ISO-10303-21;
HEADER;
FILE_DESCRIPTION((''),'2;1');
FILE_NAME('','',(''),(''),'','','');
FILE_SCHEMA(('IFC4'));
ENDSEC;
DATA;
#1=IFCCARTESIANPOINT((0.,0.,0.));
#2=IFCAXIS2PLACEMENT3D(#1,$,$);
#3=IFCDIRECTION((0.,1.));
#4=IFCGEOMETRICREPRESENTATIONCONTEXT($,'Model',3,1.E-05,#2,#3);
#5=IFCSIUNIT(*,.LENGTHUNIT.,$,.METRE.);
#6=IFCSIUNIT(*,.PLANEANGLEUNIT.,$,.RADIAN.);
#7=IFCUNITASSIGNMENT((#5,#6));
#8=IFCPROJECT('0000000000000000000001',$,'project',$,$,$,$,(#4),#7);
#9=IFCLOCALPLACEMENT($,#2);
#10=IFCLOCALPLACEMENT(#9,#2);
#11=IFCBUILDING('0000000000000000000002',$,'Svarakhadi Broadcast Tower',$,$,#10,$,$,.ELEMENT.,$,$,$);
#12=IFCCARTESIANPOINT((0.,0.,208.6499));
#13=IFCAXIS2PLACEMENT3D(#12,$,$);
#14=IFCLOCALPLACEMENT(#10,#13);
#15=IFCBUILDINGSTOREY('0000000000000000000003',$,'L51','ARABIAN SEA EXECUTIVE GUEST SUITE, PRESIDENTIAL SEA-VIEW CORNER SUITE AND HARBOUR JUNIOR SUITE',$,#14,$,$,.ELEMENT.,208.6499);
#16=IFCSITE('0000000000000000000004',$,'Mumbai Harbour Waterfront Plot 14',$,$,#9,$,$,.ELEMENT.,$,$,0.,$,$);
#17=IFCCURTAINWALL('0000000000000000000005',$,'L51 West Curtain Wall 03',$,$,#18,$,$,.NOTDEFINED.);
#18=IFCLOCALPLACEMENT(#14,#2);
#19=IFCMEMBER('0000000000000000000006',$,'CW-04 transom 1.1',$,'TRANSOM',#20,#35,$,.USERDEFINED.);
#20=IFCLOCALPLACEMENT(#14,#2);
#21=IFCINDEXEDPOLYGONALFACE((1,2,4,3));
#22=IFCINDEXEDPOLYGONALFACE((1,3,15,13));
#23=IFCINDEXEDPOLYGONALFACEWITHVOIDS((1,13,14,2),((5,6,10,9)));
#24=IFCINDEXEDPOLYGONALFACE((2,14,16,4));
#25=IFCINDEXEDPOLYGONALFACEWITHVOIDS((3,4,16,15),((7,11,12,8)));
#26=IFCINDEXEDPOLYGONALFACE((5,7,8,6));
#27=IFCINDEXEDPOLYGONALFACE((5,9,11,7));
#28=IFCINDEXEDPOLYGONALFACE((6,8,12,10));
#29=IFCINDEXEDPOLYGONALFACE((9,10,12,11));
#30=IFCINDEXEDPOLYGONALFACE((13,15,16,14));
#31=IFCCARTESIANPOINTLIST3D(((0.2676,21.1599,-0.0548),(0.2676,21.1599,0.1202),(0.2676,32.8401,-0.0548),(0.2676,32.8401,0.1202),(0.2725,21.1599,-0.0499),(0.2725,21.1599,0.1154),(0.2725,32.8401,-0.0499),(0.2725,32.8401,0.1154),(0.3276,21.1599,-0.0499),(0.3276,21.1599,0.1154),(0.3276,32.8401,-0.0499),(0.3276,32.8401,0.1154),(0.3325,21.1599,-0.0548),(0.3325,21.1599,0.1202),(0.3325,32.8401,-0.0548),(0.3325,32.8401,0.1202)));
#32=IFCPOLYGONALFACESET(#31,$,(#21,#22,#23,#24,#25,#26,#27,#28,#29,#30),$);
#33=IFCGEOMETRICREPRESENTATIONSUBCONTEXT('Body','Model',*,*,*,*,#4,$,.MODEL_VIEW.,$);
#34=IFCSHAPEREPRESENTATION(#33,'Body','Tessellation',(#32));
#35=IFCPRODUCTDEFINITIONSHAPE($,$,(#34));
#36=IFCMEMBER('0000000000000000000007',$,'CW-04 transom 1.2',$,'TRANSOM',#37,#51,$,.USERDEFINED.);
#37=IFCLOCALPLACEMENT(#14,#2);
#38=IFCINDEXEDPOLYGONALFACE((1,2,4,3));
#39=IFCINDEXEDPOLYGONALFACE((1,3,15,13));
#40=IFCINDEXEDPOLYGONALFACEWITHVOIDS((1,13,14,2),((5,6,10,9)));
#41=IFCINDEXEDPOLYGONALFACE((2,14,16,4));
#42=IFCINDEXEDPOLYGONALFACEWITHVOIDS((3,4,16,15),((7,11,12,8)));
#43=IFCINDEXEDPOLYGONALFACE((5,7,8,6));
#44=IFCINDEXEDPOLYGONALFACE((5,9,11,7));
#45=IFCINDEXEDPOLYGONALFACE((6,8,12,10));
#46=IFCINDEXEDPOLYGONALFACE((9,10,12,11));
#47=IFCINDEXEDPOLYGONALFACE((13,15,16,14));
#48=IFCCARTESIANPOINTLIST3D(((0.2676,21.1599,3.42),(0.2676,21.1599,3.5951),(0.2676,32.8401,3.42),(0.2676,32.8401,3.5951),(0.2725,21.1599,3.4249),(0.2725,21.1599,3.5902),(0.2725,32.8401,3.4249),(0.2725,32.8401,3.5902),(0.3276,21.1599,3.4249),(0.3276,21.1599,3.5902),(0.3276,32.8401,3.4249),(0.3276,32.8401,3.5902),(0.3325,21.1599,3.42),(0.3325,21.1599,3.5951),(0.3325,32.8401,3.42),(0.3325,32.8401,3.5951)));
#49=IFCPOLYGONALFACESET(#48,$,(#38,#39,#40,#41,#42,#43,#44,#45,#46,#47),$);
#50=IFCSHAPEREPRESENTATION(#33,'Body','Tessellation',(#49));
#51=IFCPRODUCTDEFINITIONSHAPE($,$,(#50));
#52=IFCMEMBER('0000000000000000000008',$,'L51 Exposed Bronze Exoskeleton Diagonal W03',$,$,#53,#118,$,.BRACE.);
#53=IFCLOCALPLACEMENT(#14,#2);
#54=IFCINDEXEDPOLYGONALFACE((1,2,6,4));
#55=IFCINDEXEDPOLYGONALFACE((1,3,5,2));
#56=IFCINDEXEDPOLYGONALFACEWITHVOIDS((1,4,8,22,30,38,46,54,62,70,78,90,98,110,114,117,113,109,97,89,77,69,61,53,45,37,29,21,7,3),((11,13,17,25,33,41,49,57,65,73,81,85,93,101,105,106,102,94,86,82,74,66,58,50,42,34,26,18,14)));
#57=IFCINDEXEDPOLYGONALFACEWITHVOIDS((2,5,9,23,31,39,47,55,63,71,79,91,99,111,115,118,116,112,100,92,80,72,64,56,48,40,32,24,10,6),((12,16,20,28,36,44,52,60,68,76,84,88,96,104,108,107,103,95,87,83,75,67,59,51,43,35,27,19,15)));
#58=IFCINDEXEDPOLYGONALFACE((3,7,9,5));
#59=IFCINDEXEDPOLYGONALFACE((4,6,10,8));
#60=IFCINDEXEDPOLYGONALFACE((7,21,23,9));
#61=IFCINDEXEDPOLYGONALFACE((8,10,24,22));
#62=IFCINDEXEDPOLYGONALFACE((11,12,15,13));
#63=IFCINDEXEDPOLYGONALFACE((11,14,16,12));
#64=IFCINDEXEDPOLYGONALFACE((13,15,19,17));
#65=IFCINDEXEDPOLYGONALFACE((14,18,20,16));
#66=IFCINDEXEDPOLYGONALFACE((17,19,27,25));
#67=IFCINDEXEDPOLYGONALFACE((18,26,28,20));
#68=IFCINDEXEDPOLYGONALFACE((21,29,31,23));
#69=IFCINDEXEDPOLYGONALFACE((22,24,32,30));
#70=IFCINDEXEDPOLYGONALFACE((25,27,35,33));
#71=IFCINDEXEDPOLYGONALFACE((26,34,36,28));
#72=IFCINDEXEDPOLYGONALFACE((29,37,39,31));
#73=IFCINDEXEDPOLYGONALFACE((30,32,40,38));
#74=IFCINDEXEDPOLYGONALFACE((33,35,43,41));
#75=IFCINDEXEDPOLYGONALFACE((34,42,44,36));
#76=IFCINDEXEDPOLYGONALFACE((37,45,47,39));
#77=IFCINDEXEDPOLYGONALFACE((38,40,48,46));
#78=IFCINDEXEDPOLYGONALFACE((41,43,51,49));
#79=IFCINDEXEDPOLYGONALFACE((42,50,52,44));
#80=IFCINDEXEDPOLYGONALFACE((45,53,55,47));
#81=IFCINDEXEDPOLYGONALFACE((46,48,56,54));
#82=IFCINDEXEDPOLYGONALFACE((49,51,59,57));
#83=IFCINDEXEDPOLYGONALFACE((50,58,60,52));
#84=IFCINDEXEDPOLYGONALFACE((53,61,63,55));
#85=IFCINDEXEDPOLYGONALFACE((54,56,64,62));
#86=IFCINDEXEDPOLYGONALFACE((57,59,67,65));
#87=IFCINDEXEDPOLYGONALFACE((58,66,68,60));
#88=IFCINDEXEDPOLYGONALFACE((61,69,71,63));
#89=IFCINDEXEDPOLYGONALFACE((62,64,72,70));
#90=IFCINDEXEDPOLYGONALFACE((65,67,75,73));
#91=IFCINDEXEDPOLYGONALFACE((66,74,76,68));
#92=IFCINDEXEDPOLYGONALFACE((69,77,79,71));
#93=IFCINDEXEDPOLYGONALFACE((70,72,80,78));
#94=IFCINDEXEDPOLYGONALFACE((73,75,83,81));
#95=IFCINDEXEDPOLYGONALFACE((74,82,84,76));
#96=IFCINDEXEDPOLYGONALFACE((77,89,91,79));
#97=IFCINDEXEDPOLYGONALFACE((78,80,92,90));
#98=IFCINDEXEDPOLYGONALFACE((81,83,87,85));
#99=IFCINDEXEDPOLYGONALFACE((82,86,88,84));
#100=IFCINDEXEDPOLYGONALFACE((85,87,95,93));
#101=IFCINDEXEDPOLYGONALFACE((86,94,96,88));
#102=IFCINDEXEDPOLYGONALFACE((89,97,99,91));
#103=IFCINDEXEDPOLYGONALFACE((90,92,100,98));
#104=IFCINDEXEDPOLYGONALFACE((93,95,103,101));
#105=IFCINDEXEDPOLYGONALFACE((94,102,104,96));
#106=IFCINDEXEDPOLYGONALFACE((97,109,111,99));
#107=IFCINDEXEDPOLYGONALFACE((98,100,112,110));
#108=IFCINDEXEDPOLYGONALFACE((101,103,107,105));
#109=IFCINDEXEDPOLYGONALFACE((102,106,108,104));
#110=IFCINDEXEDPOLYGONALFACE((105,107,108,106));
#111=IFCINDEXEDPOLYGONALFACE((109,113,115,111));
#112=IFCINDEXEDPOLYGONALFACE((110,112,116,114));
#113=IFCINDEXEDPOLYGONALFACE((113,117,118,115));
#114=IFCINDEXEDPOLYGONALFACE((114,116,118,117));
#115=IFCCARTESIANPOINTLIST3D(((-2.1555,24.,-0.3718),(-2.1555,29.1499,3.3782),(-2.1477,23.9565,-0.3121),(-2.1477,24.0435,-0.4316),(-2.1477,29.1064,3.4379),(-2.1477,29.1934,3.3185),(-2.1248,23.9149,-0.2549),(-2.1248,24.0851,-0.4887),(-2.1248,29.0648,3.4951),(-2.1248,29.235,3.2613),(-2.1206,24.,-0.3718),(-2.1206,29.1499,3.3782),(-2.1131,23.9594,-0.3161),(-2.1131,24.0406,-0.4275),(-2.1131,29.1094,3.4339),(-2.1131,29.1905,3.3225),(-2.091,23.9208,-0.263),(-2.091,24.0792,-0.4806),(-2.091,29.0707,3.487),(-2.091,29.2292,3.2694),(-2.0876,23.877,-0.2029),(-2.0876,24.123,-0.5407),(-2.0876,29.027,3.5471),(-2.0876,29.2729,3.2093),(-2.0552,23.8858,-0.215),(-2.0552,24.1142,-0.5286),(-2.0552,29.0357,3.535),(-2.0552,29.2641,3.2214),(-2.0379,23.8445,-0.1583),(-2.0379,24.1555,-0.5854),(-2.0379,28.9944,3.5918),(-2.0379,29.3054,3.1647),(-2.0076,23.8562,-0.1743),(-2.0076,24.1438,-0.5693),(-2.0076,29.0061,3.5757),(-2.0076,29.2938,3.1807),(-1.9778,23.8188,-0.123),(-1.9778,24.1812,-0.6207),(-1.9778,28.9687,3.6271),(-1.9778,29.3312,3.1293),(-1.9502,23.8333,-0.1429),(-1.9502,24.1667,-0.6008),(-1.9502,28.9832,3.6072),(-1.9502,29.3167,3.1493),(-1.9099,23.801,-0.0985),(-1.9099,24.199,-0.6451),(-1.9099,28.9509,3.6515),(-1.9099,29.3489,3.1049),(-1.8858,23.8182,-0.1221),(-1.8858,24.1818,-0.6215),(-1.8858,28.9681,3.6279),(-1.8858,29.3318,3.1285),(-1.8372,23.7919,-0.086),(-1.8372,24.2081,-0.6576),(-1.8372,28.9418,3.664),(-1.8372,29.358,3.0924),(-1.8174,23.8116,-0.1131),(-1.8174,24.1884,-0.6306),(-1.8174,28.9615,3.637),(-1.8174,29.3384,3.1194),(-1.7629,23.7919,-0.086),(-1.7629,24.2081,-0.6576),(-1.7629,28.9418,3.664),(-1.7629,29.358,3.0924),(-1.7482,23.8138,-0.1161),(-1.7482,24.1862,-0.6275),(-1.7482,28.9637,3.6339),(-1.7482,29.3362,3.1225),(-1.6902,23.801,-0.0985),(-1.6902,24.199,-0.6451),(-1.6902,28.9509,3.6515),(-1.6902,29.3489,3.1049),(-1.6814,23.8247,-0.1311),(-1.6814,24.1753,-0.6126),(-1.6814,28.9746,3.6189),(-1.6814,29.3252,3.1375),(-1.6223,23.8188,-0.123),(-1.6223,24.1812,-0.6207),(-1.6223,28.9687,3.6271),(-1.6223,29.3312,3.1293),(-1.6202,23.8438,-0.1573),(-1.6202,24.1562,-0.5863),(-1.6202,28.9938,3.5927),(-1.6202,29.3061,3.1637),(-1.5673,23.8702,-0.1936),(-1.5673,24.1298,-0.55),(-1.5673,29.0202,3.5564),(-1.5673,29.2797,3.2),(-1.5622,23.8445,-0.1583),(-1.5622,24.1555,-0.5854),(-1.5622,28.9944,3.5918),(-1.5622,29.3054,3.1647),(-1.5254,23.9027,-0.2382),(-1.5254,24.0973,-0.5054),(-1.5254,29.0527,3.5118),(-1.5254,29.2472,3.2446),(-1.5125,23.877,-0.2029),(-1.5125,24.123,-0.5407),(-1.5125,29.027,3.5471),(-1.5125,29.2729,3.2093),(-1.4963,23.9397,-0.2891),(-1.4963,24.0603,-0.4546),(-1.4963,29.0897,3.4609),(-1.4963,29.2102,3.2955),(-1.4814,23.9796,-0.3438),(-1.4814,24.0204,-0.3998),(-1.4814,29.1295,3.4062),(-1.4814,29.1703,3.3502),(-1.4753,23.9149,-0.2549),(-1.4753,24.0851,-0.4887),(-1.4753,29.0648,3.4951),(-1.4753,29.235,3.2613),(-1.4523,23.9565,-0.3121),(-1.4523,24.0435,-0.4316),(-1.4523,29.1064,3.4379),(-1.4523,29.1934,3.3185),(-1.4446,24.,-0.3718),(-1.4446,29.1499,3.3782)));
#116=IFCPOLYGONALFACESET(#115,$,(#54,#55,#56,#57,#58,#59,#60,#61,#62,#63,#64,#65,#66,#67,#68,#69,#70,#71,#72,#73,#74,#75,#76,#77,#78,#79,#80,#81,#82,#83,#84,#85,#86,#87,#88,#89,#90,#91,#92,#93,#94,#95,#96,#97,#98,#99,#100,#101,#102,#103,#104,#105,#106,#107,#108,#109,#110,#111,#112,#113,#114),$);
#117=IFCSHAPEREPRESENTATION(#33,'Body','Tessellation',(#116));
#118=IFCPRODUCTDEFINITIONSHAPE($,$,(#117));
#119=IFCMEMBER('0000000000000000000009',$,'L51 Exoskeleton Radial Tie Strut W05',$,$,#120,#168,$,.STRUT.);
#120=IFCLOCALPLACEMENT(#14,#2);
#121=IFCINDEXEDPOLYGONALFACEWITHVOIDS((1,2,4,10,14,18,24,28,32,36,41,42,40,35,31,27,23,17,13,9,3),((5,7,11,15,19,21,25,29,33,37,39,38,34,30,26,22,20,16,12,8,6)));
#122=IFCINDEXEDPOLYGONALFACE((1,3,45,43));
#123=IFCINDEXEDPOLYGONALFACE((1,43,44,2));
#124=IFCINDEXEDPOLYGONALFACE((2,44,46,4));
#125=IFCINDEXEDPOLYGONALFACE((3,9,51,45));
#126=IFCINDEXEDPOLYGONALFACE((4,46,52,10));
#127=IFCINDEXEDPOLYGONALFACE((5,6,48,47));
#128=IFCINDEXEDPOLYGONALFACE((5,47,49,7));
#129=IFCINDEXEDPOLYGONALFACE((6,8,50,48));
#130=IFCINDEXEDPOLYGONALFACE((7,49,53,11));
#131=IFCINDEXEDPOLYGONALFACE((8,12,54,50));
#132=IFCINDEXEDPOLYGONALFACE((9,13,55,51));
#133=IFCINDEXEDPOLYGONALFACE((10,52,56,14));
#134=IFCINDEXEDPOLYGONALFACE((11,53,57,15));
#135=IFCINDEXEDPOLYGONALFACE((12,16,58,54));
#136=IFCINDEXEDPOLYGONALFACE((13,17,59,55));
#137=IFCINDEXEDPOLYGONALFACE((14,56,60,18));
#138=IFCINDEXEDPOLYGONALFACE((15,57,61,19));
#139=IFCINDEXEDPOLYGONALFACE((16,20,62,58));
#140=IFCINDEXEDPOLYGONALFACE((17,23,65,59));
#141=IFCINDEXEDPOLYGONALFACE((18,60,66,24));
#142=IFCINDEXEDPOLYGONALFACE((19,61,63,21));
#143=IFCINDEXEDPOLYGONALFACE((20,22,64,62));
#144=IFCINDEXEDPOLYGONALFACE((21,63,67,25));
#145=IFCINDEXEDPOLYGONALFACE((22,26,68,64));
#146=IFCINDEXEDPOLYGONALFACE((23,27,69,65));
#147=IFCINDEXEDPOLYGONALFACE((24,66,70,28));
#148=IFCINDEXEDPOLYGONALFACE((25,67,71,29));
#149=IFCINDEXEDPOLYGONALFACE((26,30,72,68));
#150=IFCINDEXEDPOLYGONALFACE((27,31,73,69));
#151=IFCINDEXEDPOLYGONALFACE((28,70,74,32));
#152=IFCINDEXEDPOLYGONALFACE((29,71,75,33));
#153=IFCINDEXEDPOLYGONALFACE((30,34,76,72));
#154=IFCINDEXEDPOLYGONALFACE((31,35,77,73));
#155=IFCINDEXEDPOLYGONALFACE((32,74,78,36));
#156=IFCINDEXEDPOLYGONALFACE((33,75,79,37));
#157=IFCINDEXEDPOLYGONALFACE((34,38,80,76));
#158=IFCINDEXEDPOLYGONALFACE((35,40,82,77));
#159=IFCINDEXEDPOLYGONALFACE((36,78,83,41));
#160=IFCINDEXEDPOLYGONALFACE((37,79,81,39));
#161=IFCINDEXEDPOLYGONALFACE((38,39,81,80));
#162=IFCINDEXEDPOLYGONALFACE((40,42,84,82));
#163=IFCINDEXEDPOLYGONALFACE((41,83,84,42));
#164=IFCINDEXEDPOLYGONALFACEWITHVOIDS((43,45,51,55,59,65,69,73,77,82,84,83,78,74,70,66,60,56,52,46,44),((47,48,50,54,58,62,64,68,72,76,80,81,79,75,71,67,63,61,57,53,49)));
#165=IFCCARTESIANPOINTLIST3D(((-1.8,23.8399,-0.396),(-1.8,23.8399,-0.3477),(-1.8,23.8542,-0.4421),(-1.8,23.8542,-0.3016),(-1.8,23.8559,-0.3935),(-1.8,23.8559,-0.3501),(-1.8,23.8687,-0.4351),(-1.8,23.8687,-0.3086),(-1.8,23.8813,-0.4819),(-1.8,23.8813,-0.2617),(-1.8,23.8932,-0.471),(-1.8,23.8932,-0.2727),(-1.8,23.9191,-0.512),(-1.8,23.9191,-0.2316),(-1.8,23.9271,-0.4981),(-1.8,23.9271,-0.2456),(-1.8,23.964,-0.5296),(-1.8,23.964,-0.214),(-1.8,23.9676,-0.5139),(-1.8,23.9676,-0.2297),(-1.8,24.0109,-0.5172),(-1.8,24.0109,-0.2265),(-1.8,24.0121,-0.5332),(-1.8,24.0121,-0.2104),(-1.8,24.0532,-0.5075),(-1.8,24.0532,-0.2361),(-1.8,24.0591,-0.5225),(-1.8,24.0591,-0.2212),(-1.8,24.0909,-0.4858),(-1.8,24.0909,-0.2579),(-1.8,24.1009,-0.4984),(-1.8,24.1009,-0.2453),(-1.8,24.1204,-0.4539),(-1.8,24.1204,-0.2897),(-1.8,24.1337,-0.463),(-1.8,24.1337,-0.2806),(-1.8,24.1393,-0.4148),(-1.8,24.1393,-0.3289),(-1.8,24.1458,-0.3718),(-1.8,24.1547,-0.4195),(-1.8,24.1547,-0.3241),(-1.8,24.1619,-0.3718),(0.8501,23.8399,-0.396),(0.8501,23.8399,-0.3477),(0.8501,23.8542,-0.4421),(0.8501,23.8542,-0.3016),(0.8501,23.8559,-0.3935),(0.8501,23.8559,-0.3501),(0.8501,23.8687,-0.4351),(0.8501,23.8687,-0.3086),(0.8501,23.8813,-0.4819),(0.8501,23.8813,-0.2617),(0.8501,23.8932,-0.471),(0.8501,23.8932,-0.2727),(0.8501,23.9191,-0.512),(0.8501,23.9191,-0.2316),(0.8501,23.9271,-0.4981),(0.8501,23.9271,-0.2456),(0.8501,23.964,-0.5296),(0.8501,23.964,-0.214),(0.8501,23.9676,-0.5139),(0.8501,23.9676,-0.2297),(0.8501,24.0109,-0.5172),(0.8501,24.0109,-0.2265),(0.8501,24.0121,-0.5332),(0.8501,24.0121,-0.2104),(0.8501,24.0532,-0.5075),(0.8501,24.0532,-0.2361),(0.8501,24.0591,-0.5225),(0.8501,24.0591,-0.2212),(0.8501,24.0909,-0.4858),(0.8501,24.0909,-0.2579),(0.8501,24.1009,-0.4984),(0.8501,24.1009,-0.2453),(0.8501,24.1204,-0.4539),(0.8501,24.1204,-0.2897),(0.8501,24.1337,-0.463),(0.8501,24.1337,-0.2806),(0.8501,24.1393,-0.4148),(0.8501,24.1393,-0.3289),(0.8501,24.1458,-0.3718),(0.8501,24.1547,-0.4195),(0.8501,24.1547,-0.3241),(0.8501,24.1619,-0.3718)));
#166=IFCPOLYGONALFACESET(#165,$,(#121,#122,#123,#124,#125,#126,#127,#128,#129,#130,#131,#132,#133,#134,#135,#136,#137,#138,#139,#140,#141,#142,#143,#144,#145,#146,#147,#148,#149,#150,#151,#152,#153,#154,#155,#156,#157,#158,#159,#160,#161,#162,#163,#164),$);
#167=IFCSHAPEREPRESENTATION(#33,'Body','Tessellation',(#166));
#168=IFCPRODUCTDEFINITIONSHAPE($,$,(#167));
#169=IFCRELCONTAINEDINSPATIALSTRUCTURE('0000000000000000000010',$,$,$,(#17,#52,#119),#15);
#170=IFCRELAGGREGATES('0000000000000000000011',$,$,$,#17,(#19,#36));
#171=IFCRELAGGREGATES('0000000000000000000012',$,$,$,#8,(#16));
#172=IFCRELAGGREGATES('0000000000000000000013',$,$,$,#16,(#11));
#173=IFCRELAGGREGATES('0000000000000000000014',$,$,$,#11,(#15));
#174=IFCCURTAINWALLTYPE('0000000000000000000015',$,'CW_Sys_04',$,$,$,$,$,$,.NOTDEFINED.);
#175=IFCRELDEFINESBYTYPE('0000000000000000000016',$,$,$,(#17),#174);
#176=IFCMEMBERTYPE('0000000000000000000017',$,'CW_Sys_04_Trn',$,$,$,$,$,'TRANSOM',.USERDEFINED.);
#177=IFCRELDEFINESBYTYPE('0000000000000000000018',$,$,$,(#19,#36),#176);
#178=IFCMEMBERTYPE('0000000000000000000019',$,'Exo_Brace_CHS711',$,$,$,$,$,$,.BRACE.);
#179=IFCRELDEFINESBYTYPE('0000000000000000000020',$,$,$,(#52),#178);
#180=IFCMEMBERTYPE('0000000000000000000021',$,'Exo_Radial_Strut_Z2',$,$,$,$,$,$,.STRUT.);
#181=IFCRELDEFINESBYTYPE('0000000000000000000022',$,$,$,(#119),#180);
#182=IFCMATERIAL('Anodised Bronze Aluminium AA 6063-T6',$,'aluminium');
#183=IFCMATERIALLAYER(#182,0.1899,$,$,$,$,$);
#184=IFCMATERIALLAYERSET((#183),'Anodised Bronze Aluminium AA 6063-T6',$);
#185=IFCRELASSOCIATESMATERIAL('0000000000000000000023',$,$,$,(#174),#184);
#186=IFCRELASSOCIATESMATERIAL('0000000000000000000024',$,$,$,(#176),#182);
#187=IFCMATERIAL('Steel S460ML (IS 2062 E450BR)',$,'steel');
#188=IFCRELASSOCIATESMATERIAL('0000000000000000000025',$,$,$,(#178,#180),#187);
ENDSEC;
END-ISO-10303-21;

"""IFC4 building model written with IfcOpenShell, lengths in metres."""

from ifc_helpers import new_model, si_unit, direction, frame, origin, origin_2d, place, context, subcontext, project, spatial, hollow_rectangle, hollow_circle, extrude, material, layer, layer_set, material_profile, profile_set, type_object, element, aggregate, save


model = new_model("IFC4")

# Units and contexts
model_context = context("Model", 3, precision=1e-05, world=origin(), true_north=direction((0.0, 1.0)))
body_context = subcontext(model_context, "Body", "Model", "MODEL_VIEW")
ifc_project = project(units=[si_unit("LENGTHUNIT", "METRE"), si_unit("PLANEANGLEUNIT", "RADIAN")], contexts=[model_context])

# Site, building, storey
site_placement = place(None, origin())
site = spatial("IfcSite", under=ifc_project, at=site_placement, Name="Mumbai Harbour Waterfront Plot 14", CompositionType="ELEMENT", RefElevation=0.0)
building_placement = place(site_placement, origin())
building = spatial("IfcBuilding", under=site, at=building_placement, Name="Svarakhadi Broadcast Tower", CompositionType="ELEMENT")
storey_placement = place(building_placement, frame((0.0, 0.0, 208.6499)))
storey = spatial("IfcBuildingStorey", under=building, at=storey_placement, Name="L51", Description="ARABIAN SEA EXECUTIVE GUEST SUITE, PRESIDENTIAL SEA-VIEW CORNER SUITE AND HARBOUR JUNIOR SUITE", CompositionType="ELEMENT", Elevation=208.6499)

# Shared definitions
ifc_material_1 = material(Name="Steel S460ML (IS 2062 E450BR)", Category="steel")

# Curtain wall, members
ifc_material_2 = material(Name="Anodised Bronze Aluminium AA 6063-T6", Category="aluminium")
ifc_layer_1 = layer(ifc_material_2, 0.1899)
ifc_layer_set_1 = layer_set([ifc_layer_1], Name="Anodised Bronze Aluminium AA 6063-T6")
curtain_wall_type = type_object("IfcCurtainWallType", Name="CW_Sys_04", PredefinedType="NOTDEFINED", material=ifc_layer_set_1)
curtain_wall_placement = place(storey_placement, origin())
curtain_wall = element("IfcCurtainWall", 1, at=curtain_wall_placement, inside=storey, type_object=curtain_wall_type, Name="L51 West Curtain Wall 03", PredefinedType="NOTDEFINED")
ifc_material_profile_1 = material_profile(ifc_material_2, hollow_rectangle(XDim=0.0649, YDim=0.175, WallThickness=0.0049, at=origin_2d()), Name="ALU TRANSOM 175x65x5")
ifc_profile_set_1 = profile_set([ifc_material_profile_1], Name="Anodised Bronze Aluminium AA 6063-T6")
member_type_1 = type_object("IfcMemberType", Name="CW_Sys_04_Trn", ElementType="TRANSOM", PredefinedType="USERDEFINED", material=ifc_profile_set_1)
member_1_placement = place(storey_placement, frame((0.3, 21.1599, 0.0327), z_axis=(0.0, 1.0, 0.0), x_axis=(-1.0, 0.0, 0.0)))
member_1 = element("IfcMember", 2, at=member_1_placement, type_object=member_type_1, Name="CW-04 transom 1.1", ObjectType="TRANSOM", PredefinedType="USERDEFINED", context=body_context, shape_type="SweptSolid", body=[
    extrude(hollow_rectangle(XDim=0.0649, YDim=0.175, WallThickness=0.0049, at=origin_2d()), origin(), (0.0, 0.0, 1.0), 11.6802),
])
member_2_placement = place(storey_placement, frame((0.3, 21.1599, 3.5076), z_axis=(0.0, 1.0, 0.0), x_axis=(-1.0, 0.0, 0.0)))
member_2 = element("IfcMember", 3, at=member_2_placement, type_object=member_type_1, Name="CW-04 transom 1.2", ObjectType="TRANSOM", PredefinedType="USERDEFINED", context=body_context, shape_type="SweptSolid", body=[
    extrude(hollow_rectangle(XDim=0.0649, YDim=0.175, WallThickness=0.0049, at=origin_2d()), origin(), (0.0, 0.0, 1.0), 11.6802),
])

# Members
ifc_material_profile_2 = material_profile(ifc_material_1, hollow_circle(Radius=0.3555, WallThickness=0.0349, at=origin_2d()), Name="CHS 711x35")
ifc_profile_set_2 = profile_set([ifc_material_profile_2], Name="Steel S460ML (IS 2062 E450BR)")
member_type_2 = type_object("IfcMemberType", Name="Exo_Brace_CHS711", PredefinedType="BRACE", material=ifc_profile_set_2)
member_3_placement = place(storey_placement, frame((-1.8, 24.0, -0.3718), z_axis=(0.0, 0.808391, 0.588646), x_axis=(-1.0, 0.0, 0.0)))
element("IfcMember", 4, at=member_3_placement, inside=storey, type_object=member_type_2, Name="L51 Exposed Bronze Exoskeleton Diagonal W03", PredefinedType="BRACE", context=body_context, shape_type="SweptSolid", body=[
    extrude(hollow_circle(Radius=0.3555, WallThickness=0.0349, at=origin_2d()), origin(), (0.0, 0.0, 1.0), 6.3706),
])
ifc_material_profile_3 = material_profile(ifc_material_1, hollow_circle(Radius=0.1619, WallThickness=0.0161, at=origin_2d()), Name="CHS 323.9x16")
ifc_profile_set_3 = profile_set([ifc_material_profile_3], Name="Steel S460ML (IS 2062 E450BR)")
member_type_3 = type_object("IfcMemberType", Name="Exo_Radial_Strut_Z2", PredefinedType="STRUT", material=ifc_profile_set_3)
member_4_placement = place(storey_placement, frame((-1.8, 24.0, -0.3718), z_axis=(1.0, 0.0, 0.0), x_axis=(0.0, 1.0, 0.0)))
element("IfcMember", 5, at=member_4_placement, inside=storey, type_object=member_type_3, Name="L51 Exoskeleton Radial Tie Strut W05", PredefinedType="STRUT", context=body_context, shape_type="SweptSolid", body=[
    extrude(hollow_circle(Radius=0.1619, WallThickness=0.0161, at=origin_2d()), origin(), (0.0, 0.0, 1.0), 2.6501),
])

aggregate(curtain_wall, [member_1, member_2])

save(model, "model.ifc")
